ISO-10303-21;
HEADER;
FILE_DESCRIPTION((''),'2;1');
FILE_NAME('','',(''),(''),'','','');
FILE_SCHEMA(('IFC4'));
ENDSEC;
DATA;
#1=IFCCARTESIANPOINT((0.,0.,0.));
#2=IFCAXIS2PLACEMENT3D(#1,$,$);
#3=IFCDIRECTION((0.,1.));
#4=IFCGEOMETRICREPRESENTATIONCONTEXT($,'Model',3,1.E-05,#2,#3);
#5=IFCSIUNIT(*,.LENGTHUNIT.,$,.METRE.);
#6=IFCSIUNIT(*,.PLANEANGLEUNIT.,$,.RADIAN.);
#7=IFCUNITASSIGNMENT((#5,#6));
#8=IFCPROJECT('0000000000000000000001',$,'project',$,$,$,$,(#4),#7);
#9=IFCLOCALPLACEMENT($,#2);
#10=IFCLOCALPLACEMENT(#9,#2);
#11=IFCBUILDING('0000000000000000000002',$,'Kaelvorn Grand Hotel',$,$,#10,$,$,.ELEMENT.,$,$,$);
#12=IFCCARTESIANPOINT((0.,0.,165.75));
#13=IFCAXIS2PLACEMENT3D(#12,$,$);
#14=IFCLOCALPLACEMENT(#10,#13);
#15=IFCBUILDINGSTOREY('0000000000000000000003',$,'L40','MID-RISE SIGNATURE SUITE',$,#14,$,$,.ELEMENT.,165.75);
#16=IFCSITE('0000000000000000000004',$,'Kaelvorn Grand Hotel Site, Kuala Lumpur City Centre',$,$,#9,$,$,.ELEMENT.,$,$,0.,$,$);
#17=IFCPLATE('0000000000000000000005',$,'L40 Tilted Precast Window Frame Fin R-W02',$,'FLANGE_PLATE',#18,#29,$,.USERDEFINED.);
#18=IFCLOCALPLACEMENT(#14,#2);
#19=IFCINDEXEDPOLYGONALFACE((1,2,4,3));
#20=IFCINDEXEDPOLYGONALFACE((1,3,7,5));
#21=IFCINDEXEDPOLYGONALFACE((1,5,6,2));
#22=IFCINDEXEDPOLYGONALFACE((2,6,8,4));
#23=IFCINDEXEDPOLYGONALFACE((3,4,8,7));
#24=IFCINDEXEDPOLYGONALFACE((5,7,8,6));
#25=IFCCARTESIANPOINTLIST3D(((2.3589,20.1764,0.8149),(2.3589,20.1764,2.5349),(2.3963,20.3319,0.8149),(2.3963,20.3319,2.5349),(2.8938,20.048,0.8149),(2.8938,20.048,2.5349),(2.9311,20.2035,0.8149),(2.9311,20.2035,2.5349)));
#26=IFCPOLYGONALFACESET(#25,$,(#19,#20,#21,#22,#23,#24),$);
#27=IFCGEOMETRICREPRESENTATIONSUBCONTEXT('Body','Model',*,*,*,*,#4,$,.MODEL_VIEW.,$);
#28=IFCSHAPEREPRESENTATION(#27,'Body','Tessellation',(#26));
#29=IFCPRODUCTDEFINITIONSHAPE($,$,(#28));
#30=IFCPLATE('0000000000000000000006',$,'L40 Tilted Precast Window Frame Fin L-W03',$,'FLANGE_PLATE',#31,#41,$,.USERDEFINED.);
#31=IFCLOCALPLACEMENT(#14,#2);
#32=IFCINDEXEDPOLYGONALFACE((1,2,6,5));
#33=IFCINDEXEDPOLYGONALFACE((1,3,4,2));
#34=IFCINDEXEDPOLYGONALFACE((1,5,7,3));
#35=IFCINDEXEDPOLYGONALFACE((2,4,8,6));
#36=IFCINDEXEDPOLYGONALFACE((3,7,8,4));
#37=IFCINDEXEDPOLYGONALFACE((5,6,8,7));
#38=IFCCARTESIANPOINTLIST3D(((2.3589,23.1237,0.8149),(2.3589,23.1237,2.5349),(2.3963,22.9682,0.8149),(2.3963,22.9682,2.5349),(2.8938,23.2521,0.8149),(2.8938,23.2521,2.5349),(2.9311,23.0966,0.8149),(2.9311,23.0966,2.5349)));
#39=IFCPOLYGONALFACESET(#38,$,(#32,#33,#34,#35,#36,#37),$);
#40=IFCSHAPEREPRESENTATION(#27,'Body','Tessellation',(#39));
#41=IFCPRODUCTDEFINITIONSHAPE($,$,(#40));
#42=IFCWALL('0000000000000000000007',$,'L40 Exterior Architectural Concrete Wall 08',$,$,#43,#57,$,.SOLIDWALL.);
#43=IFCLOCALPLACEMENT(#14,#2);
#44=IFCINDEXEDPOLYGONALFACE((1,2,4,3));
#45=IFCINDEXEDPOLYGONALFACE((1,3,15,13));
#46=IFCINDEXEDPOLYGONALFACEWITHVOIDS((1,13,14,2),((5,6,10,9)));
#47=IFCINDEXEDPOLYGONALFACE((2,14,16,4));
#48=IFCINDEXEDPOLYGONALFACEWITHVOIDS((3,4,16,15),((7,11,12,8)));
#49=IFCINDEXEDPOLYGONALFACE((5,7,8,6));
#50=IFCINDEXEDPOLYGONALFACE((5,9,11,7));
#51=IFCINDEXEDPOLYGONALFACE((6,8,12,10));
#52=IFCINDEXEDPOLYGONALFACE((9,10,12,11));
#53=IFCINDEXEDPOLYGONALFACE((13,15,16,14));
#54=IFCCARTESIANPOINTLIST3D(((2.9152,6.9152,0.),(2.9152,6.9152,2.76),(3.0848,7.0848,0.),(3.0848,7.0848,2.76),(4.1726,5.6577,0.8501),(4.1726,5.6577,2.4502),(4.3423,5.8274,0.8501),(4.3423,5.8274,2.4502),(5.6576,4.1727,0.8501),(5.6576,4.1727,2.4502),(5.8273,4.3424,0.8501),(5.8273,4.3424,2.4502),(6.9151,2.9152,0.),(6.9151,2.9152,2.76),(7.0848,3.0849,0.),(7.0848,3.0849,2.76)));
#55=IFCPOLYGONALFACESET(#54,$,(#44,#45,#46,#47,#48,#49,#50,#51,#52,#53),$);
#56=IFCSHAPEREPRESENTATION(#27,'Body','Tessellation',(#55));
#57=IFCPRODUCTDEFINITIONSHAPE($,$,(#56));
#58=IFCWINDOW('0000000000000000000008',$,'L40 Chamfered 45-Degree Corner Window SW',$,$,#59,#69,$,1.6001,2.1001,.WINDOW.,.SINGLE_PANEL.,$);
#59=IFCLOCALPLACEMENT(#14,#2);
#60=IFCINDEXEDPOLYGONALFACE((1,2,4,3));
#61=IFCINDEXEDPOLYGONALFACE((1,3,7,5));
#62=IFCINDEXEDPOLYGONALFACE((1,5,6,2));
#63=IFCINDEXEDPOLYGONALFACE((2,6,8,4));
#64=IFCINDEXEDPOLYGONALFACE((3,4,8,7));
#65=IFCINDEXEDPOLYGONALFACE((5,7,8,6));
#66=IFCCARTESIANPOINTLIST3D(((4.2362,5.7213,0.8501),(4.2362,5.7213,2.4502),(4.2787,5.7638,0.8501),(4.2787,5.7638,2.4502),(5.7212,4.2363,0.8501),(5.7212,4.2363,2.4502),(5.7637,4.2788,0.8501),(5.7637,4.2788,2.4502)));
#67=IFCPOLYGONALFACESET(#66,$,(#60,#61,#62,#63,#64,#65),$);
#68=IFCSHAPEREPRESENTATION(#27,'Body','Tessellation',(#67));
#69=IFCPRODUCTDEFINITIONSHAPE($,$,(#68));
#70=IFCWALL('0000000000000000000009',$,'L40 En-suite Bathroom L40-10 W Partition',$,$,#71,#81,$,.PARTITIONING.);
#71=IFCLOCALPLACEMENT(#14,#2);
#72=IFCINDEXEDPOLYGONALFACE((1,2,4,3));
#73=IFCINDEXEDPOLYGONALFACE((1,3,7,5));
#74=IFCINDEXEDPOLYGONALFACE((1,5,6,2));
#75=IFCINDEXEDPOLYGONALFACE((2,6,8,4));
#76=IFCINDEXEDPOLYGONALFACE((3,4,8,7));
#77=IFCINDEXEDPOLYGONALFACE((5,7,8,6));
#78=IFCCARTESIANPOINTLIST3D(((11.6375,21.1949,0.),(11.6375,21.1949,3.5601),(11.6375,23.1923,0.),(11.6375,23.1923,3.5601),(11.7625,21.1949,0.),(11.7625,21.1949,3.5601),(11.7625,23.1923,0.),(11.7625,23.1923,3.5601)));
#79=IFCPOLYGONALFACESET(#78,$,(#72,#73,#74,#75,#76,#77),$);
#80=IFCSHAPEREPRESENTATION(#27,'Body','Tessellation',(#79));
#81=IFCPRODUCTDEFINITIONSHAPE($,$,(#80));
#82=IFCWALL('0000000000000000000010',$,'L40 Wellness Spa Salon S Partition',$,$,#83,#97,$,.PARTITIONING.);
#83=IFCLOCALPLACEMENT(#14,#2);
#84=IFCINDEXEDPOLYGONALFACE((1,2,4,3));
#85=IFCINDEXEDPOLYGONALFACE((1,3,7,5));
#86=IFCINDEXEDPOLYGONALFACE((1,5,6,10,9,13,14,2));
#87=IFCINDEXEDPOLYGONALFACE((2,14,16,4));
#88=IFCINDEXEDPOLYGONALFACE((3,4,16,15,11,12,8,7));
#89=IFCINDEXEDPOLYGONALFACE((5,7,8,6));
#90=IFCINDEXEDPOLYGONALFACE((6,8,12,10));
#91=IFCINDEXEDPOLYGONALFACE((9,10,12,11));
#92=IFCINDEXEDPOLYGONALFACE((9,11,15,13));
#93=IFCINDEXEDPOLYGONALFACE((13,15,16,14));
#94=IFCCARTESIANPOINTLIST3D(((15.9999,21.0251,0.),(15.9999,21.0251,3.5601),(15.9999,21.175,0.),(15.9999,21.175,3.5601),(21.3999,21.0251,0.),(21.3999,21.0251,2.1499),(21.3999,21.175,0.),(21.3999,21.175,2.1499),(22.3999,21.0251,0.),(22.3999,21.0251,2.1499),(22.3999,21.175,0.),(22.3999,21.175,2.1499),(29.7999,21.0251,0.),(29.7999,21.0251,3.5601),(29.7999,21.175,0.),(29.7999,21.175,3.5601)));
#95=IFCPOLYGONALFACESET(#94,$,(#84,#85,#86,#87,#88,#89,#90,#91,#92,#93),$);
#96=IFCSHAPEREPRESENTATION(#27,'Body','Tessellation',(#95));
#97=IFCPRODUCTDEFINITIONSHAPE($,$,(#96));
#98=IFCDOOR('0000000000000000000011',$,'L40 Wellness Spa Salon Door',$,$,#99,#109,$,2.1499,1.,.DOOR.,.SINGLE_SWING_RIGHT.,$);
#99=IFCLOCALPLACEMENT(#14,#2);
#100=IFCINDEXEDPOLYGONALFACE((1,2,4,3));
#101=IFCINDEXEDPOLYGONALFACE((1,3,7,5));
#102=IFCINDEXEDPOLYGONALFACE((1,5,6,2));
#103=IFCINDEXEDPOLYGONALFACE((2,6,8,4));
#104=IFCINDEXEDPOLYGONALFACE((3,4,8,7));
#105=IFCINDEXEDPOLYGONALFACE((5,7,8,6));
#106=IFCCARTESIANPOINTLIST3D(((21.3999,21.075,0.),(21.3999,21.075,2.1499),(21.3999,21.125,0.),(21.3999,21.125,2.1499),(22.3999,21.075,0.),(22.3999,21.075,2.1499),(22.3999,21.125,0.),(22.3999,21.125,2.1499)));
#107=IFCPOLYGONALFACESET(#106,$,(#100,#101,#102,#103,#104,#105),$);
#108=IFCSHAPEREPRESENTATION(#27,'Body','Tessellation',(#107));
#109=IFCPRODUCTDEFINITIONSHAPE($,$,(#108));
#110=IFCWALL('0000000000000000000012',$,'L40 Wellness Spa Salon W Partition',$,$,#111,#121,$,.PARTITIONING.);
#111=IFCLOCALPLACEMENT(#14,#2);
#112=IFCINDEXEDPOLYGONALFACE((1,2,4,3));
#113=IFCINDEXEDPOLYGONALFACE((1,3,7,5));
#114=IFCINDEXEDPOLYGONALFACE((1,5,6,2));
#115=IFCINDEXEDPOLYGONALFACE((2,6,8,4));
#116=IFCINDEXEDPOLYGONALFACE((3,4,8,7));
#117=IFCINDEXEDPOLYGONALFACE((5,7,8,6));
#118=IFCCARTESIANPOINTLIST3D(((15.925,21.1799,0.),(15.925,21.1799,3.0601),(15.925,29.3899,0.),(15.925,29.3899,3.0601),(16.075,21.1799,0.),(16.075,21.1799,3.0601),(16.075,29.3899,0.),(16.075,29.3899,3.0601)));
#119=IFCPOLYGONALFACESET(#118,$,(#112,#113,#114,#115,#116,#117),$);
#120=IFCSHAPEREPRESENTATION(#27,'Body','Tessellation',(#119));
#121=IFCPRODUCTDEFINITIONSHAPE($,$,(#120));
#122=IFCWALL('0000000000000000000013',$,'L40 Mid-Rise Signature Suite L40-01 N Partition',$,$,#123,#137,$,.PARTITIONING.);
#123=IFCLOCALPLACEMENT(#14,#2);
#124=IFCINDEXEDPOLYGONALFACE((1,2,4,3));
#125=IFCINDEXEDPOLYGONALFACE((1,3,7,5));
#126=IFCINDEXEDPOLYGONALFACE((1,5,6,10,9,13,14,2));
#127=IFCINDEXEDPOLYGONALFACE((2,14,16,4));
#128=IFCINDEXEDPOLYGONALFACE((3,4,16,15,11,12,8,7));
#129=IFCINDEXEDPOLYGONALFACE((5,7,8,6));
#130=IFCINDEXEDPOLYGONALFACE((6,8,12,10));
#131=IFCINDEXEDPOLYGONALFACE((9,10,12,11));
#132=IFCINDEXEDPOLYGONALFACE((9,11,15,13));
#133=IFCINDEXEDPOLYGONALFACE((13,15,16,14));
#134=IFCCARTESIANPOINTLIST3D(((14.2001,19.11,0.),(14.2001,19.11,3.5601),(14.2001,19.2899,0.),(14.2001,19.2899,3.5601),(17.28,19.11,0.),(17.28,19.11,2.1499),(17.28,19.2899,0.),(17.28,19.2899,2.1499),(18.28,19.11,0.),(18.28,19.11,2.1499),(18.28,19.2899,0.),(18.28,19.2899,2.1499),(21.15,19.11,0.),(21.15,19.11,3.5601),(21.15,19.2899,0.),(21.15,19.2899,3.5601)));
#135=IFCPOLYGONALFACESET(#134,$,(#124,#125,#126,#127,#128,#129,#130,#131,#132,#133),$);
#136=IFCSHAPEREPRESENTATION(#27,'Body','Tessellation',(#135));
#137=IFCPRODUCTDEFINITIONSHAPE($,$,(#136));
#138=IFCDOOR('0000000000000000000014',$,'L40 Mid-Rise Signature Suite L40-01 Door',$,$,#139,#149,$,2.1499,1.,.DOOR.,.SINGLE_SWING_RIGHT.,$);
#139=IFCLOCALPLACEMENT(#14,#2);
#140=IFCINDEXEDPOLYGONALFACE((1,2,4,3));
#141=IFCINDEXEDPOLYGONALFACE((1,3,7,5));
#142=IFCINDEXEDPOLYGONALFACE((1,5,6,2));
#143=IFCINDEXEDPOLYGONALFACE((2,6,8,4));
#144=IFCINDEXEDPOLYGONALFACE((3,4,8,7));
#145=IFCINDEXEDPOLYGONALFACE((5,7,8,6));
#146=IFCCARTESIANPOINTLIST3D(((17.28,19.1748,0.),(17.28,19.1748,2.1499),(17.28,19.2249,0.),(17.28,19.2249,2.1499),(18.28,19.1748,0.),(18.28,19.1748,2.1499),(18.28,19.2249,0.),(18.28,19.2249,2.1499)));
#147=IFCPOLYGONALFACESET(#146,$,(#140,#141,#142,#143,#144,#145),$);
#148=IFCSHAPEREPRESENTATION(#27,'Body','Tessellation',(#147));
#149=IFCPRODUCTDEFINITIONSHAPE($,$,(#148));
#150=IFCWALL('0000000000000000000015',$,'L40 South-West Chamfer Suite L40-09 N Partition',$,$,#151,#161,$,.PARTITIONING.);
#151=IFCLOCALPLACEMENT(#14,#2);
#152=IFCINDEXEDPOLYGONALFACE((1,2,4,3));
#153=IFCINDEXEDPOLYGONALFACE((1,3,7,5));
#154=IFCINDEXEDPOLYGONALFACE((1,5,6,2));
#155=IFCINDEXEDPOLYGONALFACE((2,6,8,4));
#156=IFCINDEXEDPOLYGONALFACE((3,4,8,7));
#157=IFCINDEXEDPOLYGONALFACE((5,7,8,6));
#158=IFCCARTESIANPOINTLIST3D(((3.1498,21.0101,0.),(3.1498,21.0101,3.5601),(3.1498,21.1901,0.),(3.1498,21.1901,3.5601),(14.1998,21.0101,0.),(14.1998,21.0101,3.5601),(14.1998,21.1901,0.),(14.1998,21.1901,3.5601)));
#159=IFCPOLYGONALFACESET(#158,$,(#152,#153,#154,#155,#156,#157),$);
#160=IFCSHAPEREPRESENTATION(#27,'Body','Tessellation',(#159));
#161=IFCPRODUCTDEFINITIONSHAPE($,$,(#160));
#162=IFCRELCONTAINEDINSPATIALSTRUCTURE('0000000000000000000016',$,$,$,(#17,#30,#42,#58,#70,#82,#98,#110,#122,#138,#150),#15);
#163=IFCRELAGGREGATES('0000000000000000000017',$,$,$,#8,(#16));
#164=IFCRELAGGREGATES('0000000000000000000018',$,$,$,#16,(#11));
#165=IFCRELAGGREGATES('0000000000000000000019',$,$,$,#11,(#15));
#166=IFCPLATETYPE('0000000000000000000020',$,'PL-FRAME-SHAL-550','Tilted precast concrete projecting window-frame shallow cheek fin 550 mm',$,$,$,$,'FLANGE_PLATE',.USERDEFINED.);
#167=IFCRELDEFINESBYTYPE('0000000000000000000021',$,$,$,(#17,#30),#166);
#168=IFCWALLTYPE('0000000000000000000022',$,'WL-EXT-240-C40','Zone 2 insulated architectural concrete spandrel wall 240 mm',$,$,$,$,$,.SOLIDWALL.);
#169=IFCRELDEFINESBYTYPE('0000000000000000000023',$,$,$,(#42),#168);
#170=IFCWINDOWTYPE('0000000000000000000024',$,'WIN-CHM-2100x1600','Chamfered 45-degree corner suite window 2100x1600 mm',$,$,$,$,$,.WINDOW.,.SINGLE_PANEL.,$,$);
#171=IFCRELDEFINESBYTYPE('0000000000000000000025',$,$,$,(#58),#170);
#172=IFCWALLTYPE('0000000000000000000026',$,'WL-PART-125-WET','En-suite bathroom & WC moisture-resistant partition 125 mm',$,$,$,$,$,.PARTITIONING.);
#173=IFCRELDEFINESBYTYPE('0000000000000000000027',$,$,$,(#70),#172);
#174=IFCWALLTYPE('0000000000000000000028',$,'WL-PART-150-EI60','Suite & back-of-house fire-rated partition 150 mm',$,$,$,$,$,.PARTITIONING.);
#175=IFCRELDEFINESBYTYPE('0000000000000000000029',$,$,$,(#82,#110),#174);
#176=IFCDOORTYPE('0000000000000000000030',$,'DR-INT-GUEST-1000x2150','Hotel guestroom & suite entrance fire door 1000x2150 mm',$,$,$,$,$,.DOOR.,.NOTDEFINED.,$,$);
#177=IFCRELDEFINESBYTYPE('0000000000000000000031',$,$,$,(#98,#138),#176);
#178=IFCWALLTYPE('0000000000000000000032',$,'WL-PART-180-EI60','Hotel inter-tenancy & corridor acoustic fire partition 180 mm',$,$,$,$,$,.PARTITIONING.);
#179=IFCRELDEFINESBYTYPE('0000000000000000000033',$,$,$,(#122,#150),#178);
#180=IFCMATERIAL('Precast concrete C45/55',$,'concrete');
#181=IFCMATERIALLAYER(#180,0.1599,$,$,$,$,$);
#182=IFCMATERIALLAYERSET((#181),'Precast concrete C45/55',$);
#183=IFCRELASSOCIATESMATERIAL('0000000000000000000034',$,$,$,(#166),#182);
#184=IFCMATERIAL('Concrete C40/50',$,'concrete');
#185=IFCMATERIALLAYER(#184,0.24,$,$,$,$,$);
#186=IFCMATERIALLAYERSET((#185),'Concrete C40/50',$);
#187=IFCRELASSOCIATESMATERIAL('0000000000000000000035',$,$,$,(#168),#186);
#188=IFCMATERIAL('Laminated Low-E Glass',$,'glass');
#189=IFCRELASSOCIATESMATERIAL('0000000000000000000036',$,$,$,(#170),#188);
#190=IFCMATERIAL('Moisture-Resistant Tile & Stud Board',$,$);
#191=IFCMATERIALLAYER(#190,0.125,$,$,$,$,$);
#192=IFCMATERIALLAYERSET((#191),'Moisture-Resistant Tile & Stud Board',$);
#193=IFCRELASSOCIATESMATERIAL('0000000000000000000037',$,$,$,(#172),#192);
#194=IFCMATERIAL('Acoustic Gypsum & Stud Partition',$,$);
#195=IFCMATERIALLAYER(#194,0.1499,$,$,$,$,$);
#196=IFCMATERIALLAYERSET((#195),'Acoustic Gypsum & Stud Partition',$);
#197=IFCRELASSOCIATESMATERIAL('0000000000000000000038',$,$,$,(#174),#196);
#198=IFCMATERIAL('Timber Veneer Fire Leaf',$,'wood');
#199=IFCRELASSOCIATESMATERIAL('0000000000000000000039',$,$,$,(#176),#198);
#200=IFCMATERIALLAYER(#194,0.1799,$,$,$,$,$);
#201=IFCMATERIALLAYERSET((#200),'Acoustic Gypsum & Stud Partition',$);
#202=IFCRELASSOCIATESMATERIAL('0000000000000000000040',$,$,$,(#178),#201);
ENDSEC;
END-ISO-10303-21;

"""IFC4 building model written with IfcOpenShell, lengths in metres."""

from ifc_helpers import new_model, si_unit, direction, frame, frame_2d, origin, origin_2d, place, context, subcontext, project, spatial, rectangle, extrude, material, layer, layer_set, type_object, element, fill, save


model = new_model("IFC4")

# Units and contexts
model_context = context("Model", 3, precision=1e-05, world=origin(), true_north=direction((0.0, 1.0)))
body_context = subcontext(model_context, "Body", "Model", "MODEL_VIEW")
ifc_project = project(units=[si_unit("LENGTHUNIT", "METRE"), si_unit("PLANEANGLEUNIT", "RADIAN")], contexts=[model_context])

# Site, building, storey
site_placement = place(None, origin())
site = spatial("IfcSite", under=ifc_project, at=site_placement, Name="Kaelvorn Grand Hotel Site, Kuala Lumpur City Centre", CompositionType="ELEMENT", RefElevation=0.0)
building_placement = place(site_placement, origin())
building = spatial("IfcBuilding", under=site, at=building_placement, Name="Kaelvorn Grand Hotel", CompositionType="ELEMENT")
storey_placement = place(building_placement, frame((0.0, 0.0, 165.75)))
storey = spatial("IfcBuildingStorey", under=building, at=storey_placement, Name="L40", Description="MID-RISE SIGNATURE SUITE", CompositionType="ELEMENT", Elevation=165.75)

# Plates
ifc_material_1 = material(Name="Precast concrete C45/55", Category="concrete")
ifc_layer_1 = layer(ifc_material_1, 0.1599)
ifc_layer_set_1 = layer_set([ifc_layer_1], Name="Precast concrete C45/55")
plate_type_1 = type_object("IfcPlateType", Name="PL-FRAME-SHAL-550", Description="Tilted precast concrete projecting window-frame shallow cheek fin 550 mm", ElementType="FLANGE_PLATE", PredefinedType="USERDEFINED", material=ifc_layer_set_1)
for number, where, z_axis, x_axis, name in (
    (1, (2.645, 20.1899, 0.8149), (0.0, 0.0, 1.0), (0.233445, 0.97237, 0.0), "L40 Tilted Precast Window Frame Fin R-W02"),
    (2, (2.645, 23.1101, 0.8149), (0.0, 0.0, 1.0), (-0.233445, 0.97237, 0.0), "L40 Tilted Precast Window Frame Fin L-W03"),
):
    element("IfcPlate", number, at=place(storey_placement, frame(where, z_axis=z_axis, x_axis=x_axis)), inside=storey, type_object=plate_type_1, Name=name, ObjectType="FLANGE_PLATE", PredefinedType="USERDEFINED", context=body_context, shape_type="SweptSolid", body=[
        extrude(rectangle(XDim=0.1599, YDim=0.55, at=origin_2d()), origin(), (0.0, 0.0, 1.0), 1.72),
    ])

# Wall, opening, window
ifc_material_2 = material(Name="Concrete C40/50", Category="concrete")
ifc_layer_2 = layer(ifc_material_2, 0.24)
ifc_layer_set_2 = layer_set([ifc_layer_2], Name="Concrete C40/50")
wall_type_1 = type_object("IfcWallType", Name="WL-EXT-240-C40", Description="Zone 2 insulated architectural concrete spandrel wall 240 mm", PredefinedType="SOLIDWALL", material=ifc_layer_set_2)
wall_1_placement = place(storey_placement, frame((3.0, 7.0, 0.0), z_axis=(0.0, 0.0, 1.0), x_axis=(0.707107, -0.707107, 0.0)))
wall_1 = element("IfcWall", 3, at=wall_1_placement, inside=storey, type_object=wall_type_1, Name="L40 Exterior Architectural Concrete Wall 08", PredefinedType="SOLIDWALL", context=body_context, shape_type="SweptSolid", body=[
    extrude(rectangle(XDim=5.6567, YDim=0.24, at=frame_2d((2.8284, 0.0))), origin(), (0.0, 0.0, 1.0), 2.76),
])
opening_1_placement = place(wall_1_placement, frame((1.7783, 0.0, 0.8501)))
opening_1 = element("IfcOpeningElement", 4, at=opening_1_placement, cuts=wall_1, PredefinedType="OPENING", context=body_context, shape_type="SweptSolid", body=[
    extrude(rectangle(XDim=2.1001, YDim=1.6001, at=frame_2d((1.05, 0.8))), frame((0.0, 0.1299, 0.0), z_axis=(0.0, -1.0, 0.0), x_axis=(1.0, 0.0, 0.0)), (0.0, 0.0, 1.0), 0.26),
])
ifc_material_3 = material(Name="Laminated Low-E Glass", Category="glass")
window_type = type_object("IfcWindowType", Name="WIN-CHM-2100x1600", Description="Chamfered 45-degree corner suite window 2100x1600 mm", PartitioningType="SINGLE_PANEL", PredefinedType="WINDOW", material=ifc_material_3)
window_placement = place(opening_1_placement, origin())
window = element("IfcWindow", 5, at=window_placement, inside=storey, type_object=window_type, Name="L40 Chamfered 45-Degree Corner Window SW", OverallHeight=1.6001, OverallWidth=2.1001, PartitioningType="SINGLE_PANEL", PredefinedType="WINDOW", context=body_context, shape_type="SweptSolid", body=[
    extrude(rectangle(XDim=2.1001, YDim=1.6001, at=frame_2d((1.05, 0.8))), frame((0.0, 0.03, 0.0), z_axis=(0.0, -1.0, 0.0), x_axis=(1.0, 0.0, 0.0)), (0.0, 0.0, 1.0), 0.0601),
])
fill(opening_1, window)

# Wall
ifc_material_4 = material(Name="Moisture-Resistant Tile & Stud Board")
ifc_layer_3 = layer(ifc_material_4, 0.125)
ifc_layer_set_3 = layer_set([ifc_layer_3], Name="Moisture-Resistant Tile & Stud Board")
wall_type_2 = type_object("IfcWallType", Name="WL-PART-125-WET", Description="En-suite bathroom & WC moisture-resistant partition 125 mm", PredefinedType="PARTITIONING", material=ifc_layer_set_3)
wall_2_placement = place(storey_placement, frame((11.7, 21.1951, 0.0), z_axis=(0.0, 0.0, 1.0), x_axis=(0.0, 1.0, 0.0)))
element("IfcWall", 6, at=wall_2_placement, inside=storey, type_object=wall_type_2, Name="L40 En-suite Bathroom L40-10 W Partition", PredefinedType="PARTITIONING", context=body_context, shape_type="SweptSolid", body=[
    extrude(rectangle(XDim=1.9973, YDim=0.125, at=frame_2d((0.9985, 0.0))), origin(), (0.0, 0.0, 1.0), 3.5601),
])

# Wall, opening, door
ifc_material_5 = material(Name="Acoustic Gypsum & Stud Partition")
ifc_layer_4 = layer(ifc_material_5, 0.1499)
ifc_layer_set_4 = layer_set([ifc_layer_4], Name="Acoustic Gypsum & Stud Partition")
wall_type_3 = type_object("IfcWallType", Name="WL-PART-150-EI60", Description="Suite & back-of-house fire-rated partition 150 mm", PredefinedType="PARTITIONING", material=ifc_layer_set_4)
wall_3_placement = place(storey_placement, frame((16.0, 21.1001, 0.0), z_axis=(0.0, 0.0, 1.0), x_axis=(1.0, 0.0, 0.0)))
wall_3 = element("IfcWall", 7, at=wall_3_placement, inside=storey, type_object=wall_type_3, Name="L40 Wellness Spa Salon S Partition", PredefinedType="PARTITIONING", context=body_context, shape_type="SweptSolid", body=[
    extrude(rectangle(XDim=13.8, YDim=0.1499, at=frame_2d((6.8999, 0.0))), origin(), (0.0, 0.0, 1.0), 3.5601),
])
opening_2_placement = place(wall_3_placement, frame((5.3999, 0.0, 0.0)))
opening_2 = element("IfcOpeningElement", 8, at=opening_2_placement, cuts=wall_3, PredefinedType="OPENING", context=body_context, shape_type="SweptSolid", body=[
    extrude(rectangle(XDim=1.0, YDim=2.1499, at=frame_2d((0.5, 1.075))), frame((0.0, 0.085, 0.0), z_axis=(0.0, -1.0, 0.0), x_axis=(1.0, 0.0, 0.0)), (0.0, 0.0, 1.0), 0.1699),
])
ifc_material_6 = material(Name="Timber Veneer Fire Leaf", Category="wood")
door_type = type_object("IfcDoorType", Name="DR-INT-GUEST-1000x2150", Description="Hotel guestroom & suite entrance fire door 1000x2150 mm", OperationType="NOTDEFINED", PredefinedType="DOOR", material=ifc_material_6)
door_1_placement = place(opening_2_placement, origin())
door_1 = element("IfcDoor", 9, at=door_1_placement, inside=storey, type_object=door_type, Name="L40 Wellness Spa Salon Door", OperationType="SINGLE_SWING_RIGHT", OverallHeight=2.1499, OverallWidth=1.0, PredefinedType="DOOR", context=body_context, shape_type="SweptSolid", body=[
    extrude(rectangle(XDim=1.0, YDim=2.1499, at=frame_2d((0.5, 1.075))), frame((0.0, 0.0249, 0.0), z_axis=(0.0, -1.0, 0.0), x_axis=(1.0, 0.0, 0.0)), (0.0, 0.0, 1.0), 0.05),
])
fill(opening_2, door_1)

# Wall
wall_4_placement = place(storey_placement, frame((16.0, 21.1799, 0.0), z_axis=(0.0, 0.0, 1.0), x_axis=(0.0, 1.0, 0.0)))
element("IfcWall", 10, at=wall_4_placement, inside=storey, type_object=wall_type_3, Name="L40 Wellness Spa Salon W Partition", PredefinedType="PARTITIONING", context=body_context, shape_type="SweptSolid", body=[
    extrude(rectangle(XDim=8.21, YDim=0.1499, at=frame_2d((4.105, 0.0))), origin(), (0.0, 0.0, 1.0), 3.0601),
])

# Wall, opening, door
ifc_layer_5 = layer(ifc_material_5, 0.1799)
ifc_layer_set_5 = layer_set([ifc_layer_5], Name="Acoustic Gypsum & Stud Partition")
wall_type_4 = type_object("IfcWallType", Name="WL-PART-180-EI60", Description="Hotel inter-tenancy & corridor acoustic fire partition 180 mm", PredefinedType="PARTITIONING", material=ifc_layer_set_5)
wall_5_placement = place(storey_placement, frame((14.2, 19.2, 0.0), z_axis=(0.0, 0.0, 1.0), x_axis=(1.0, 0.0, 0.0)))
wall_5 = element("IfcWall", 11, at=wall_5_placement, inside=storey, type_object=wall_type_4, Name="L40 Mid-Rise Signature Suite L40-01 N Partition", PredefinedType="PARTITIONING", context=body_context, shape_type="SweptSolid", body=[
    extrude(rectangle(XDim=6.95, YDim=0.1799, at=frame_2d((3.4751, 0.0))), origin(), (0.0, 0.0, 1.0), 3.5601),
])
opening_3_placement = place(wall_5_placement, frame((3.0801, 0.0, 0.0)))
opening_3 = element("IfcOpeningElement", 12, at=opening_3_placement, cuts=wall_5, PredefinedType="OPENING", context=body_context, shape_type="SweptSolid", body=[
    extrude(rectangle(XDim=1.0, YDim=2.1499, at=frame_2d((0.5, 1.075))), frame((0.0, 0.1001, 0.0), z_axis=(0.0, -1.0, 0.0), x_axis=(1.0, 0.0, 0.0)), (0.0, 0.0, 1.0), 0.2),
])
door_2_placement = place(opening_3_placement, origin())
door_2 = element("IfcDoor", 13, at=door_2_placement, inside=storey, type_object=door_type, Name="L40 Mid-Rise Signature Suite L40-01 Door", OperationType="SINGLE_SWING_RIGHT", OverallHeight=2.1499, OverallWidth=1.0, PredefinedType="DOOR", context=body_context, shape_type="SweptSolid", body=[
    extrude(rectangle(XDim=1.0, YDim=2.1499, at=frame_2d((0.5, 1.075))), frame((0.0, 0.0249, 0.0), z_axis=(0.0, -1.0, 0.0), x_axis=(1.0, 0.0, 0.0)), (0.0, 0.0, 1.0), 0.05),
])
fill(opening_3, door_2)

# Wall
wall_6_placement = place(storey_placement, frame((3.1499, 21.1001, 0.0), z_axis=(0.0, 0.0, 1.0), x_axis=(1.0, 0.0, 0.0)))
element("IfcWall", 14, at=wall_6_placement, inside=storey, type_object=wall_type_4, Name="L40 South-West Chamfer Suite L40-09 N Partition", PredefinedType="PARTITIONING", context=body_context, shape_type="SweptSolid", body=[
    extrude(rectangle(XDim=11.05, YDim=0.1799, at=frame_2d((5.5249, 0.0))), origin(), (0.0, 0.0, 1.0), 3.5601),
])

save(model, "model.ifc")
